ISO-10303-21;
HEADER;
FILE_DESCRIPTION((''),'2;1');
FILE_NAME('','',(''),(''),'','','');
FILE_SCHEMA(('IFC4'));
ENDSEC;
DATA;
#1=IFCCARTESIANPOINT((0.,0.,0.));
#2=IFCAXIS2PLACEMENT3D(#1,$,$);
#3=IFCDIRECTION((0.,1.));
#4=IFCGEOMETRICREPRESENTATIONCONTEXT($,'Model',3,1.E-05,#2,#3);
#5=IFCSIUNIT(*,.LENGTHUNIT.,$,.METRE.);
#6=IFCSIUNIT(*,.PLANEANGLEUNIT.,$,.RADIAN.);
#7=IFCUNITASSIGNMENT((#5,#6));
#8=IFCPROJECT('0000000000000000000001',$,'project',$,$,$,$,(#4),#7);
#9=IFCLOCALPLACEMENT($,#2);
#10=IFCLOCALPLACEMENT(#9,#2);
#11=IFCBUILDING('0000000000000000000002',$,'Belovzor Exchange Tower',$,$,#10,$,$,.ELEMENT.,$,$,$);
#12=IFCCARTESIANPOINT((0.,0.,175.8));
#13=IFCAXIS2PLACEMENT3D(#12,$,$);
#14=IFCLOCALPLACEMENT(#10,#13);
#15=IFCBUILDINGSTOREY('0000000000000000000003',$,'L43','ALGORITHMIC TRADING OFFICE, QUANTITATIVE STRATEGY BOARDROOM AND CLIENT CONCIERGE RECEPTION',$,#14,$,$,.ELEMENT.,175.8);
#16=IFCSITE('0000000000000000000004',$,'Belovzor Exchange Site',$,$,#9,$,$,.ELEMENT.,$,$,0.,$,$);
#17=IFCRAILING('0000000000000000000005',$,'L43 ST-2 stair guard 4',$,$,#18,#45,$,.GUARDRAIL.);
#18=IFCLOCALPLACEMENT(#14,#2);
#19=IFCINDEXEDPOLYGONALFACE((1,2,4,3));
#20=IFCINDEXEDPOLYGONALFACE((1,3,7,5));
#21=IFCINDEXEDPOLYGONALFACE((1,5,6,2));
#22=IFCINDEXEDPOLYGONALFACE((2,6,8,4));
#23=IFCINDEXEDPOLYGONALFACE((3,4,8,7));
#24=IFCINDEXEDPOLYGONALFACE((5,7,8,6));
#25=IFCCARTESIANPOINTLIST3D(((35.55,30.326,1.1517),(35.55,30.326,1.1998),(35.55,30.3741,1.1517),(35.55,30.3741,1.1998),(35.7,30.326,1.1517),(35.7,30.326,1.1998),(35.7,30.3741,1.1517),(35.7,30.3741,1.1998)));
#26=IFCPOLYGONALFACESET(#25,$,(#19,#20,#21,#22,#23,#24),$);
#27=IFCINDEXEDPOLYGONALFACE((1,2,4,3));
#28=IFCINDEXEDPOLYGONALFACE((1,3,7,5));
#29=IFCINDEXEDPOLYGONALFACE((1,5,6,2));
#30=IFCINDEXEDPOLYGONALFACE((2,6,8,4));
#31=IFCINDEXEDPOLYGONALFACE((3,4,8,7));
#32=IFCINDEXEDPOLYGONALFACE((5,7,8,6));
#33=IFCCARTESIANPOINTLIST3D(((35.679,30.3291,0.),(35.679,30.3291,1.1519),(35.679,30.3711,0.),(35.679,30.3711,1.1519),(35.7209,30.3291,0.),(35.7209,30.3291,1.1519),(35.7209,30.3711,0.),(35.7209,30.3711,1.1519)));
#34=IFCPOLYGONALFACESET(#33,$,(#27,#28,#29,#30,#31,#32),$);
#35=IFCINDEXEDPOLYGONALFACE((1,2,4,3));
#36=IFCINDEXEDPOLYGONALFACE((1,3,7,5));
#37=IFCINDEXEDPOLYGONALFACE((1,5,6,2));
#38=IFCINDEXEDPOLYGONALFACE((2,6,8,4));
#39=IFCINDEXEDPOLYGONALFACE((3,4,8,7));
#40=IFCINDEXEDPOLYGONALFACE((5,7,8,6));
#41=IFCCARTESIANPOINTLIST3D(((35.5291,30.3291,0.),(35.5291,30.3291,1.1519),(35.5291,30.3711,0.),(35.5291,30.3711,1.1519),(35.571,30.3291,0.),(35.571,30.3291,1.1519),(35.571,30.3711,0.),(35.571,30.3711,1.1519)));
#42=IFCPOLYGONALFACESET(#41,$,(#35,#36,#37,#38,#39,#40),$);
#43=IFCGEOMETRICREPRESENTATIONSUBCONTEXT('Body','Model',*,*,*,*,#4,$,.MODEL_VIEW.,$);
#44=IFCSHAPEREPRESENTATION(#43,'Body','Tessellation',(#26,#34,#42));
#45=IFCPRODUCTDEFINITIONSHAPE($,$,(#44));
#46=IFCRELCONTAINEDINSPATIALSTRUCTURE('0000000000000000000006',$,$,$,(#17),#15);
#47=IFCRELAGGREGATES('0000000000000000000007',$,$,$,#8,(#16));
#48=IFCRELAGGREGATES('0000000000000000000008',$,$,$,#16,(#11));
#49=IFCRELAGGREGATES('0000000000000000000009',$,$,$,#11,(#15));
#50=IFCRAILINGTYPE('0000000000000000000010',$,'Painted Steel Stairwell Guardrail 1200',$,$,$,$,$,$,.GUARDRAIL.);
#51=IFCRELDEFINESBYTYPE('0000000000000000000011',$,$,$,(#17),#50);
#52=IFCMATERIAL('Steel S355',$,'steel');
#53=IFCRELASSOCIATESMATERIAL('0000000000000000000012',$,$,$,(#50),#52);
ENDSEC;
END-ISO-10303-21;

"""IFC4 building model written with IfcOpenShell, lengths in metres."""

from ifc_helpers import new_model, si_unit, direction, frame, origin, origin_2d, place, context, subcontext, project, spatial, rectangle, extrude, material, type_object, element, save


model = new_model("IFC4")

# Units and contexts
model_context = context("Model", 3, precision=1e-05, world=origin(), true_north=direction((0.0, 1.0)))
body_context = subcontext(model_context, "Body", "Model", "MODEL_VIEW")
ifc_project = project(units=[si_unit("LENGTHUNIT", "METRE"), si_unit("PLANEANGLEUNIT", "RADIAN")], contexts=[model_context])

# Site, building, storey
site_placement = place(None, origin())
site = spatial("IfcSite", under=ifc_project, at=site_placement, Name="Belovzor Exchange Site", CompositionType="ELEMENT", RefElevation=0.0)
building_placement = place(site_placement, origin())
building = spatial("IfcBuilding", under=site, at=building_placement, Name="Belovzor Exchange Tower", CompositionType="ELEMENT")
storey_placement = place(building_placement, frame((0.0, 0.0, 175.8)))
storey = spatial("IfcBuildingStorey", under=building, at=storey_placement, Name="L43", Description="ALGORITHMIC TRADING OFFICE, QUANTITATIVE STRATEGY BOARDROOM AND CLIENT CONCIERGE RECEPTION", CompositionType="ELEMENT", Elevation=175.8)

# Railing
ifc_material_1 = material(Name="Steel S355", Category="steel")
railing_type_1 = type_object("IfcRailingType", Name="Painted Steel Stairwell Guardrail 1200", PredefinedType="GUARDRAIL", material=ifc_material_1)
railing_1_placement = place(storey_placement, frame((35.7, 30.3501, 0.0)))
element("IfcRailing", 1, at=railing_1_placement, inside=storey, type_object=railing_type_1, Name="L43 ST-2 stair guard 4", PredefinedType="GUARDRAIL", context=body_context, shape_type="SweptSolid", body=[
    extrude(rectangle(XDim=0.0481, YDim=0.0481, at=origin_2d()), frame((0.0, 0.0, 1.1758), z_axis=(-1.0, 0.0, 0.0), x_axis=(0.0, -1.0, 0.0)), (0.0, 0.0, 1.0), 0.1499),
    extrude(rectangle(XDim=0.042, YDim=0.042, at=origin_2d()), origin(), (0.0, 0.0, 1.0), 1.1519),
    extrude(rectangle(XDim=0.042, YDim=0.042, at=origin_2d()), frame((-0.1499, 0.0, 0.0)), (0.0, 0.0, 1.0), 1.1519),
])

save(model, "model.ifc")
